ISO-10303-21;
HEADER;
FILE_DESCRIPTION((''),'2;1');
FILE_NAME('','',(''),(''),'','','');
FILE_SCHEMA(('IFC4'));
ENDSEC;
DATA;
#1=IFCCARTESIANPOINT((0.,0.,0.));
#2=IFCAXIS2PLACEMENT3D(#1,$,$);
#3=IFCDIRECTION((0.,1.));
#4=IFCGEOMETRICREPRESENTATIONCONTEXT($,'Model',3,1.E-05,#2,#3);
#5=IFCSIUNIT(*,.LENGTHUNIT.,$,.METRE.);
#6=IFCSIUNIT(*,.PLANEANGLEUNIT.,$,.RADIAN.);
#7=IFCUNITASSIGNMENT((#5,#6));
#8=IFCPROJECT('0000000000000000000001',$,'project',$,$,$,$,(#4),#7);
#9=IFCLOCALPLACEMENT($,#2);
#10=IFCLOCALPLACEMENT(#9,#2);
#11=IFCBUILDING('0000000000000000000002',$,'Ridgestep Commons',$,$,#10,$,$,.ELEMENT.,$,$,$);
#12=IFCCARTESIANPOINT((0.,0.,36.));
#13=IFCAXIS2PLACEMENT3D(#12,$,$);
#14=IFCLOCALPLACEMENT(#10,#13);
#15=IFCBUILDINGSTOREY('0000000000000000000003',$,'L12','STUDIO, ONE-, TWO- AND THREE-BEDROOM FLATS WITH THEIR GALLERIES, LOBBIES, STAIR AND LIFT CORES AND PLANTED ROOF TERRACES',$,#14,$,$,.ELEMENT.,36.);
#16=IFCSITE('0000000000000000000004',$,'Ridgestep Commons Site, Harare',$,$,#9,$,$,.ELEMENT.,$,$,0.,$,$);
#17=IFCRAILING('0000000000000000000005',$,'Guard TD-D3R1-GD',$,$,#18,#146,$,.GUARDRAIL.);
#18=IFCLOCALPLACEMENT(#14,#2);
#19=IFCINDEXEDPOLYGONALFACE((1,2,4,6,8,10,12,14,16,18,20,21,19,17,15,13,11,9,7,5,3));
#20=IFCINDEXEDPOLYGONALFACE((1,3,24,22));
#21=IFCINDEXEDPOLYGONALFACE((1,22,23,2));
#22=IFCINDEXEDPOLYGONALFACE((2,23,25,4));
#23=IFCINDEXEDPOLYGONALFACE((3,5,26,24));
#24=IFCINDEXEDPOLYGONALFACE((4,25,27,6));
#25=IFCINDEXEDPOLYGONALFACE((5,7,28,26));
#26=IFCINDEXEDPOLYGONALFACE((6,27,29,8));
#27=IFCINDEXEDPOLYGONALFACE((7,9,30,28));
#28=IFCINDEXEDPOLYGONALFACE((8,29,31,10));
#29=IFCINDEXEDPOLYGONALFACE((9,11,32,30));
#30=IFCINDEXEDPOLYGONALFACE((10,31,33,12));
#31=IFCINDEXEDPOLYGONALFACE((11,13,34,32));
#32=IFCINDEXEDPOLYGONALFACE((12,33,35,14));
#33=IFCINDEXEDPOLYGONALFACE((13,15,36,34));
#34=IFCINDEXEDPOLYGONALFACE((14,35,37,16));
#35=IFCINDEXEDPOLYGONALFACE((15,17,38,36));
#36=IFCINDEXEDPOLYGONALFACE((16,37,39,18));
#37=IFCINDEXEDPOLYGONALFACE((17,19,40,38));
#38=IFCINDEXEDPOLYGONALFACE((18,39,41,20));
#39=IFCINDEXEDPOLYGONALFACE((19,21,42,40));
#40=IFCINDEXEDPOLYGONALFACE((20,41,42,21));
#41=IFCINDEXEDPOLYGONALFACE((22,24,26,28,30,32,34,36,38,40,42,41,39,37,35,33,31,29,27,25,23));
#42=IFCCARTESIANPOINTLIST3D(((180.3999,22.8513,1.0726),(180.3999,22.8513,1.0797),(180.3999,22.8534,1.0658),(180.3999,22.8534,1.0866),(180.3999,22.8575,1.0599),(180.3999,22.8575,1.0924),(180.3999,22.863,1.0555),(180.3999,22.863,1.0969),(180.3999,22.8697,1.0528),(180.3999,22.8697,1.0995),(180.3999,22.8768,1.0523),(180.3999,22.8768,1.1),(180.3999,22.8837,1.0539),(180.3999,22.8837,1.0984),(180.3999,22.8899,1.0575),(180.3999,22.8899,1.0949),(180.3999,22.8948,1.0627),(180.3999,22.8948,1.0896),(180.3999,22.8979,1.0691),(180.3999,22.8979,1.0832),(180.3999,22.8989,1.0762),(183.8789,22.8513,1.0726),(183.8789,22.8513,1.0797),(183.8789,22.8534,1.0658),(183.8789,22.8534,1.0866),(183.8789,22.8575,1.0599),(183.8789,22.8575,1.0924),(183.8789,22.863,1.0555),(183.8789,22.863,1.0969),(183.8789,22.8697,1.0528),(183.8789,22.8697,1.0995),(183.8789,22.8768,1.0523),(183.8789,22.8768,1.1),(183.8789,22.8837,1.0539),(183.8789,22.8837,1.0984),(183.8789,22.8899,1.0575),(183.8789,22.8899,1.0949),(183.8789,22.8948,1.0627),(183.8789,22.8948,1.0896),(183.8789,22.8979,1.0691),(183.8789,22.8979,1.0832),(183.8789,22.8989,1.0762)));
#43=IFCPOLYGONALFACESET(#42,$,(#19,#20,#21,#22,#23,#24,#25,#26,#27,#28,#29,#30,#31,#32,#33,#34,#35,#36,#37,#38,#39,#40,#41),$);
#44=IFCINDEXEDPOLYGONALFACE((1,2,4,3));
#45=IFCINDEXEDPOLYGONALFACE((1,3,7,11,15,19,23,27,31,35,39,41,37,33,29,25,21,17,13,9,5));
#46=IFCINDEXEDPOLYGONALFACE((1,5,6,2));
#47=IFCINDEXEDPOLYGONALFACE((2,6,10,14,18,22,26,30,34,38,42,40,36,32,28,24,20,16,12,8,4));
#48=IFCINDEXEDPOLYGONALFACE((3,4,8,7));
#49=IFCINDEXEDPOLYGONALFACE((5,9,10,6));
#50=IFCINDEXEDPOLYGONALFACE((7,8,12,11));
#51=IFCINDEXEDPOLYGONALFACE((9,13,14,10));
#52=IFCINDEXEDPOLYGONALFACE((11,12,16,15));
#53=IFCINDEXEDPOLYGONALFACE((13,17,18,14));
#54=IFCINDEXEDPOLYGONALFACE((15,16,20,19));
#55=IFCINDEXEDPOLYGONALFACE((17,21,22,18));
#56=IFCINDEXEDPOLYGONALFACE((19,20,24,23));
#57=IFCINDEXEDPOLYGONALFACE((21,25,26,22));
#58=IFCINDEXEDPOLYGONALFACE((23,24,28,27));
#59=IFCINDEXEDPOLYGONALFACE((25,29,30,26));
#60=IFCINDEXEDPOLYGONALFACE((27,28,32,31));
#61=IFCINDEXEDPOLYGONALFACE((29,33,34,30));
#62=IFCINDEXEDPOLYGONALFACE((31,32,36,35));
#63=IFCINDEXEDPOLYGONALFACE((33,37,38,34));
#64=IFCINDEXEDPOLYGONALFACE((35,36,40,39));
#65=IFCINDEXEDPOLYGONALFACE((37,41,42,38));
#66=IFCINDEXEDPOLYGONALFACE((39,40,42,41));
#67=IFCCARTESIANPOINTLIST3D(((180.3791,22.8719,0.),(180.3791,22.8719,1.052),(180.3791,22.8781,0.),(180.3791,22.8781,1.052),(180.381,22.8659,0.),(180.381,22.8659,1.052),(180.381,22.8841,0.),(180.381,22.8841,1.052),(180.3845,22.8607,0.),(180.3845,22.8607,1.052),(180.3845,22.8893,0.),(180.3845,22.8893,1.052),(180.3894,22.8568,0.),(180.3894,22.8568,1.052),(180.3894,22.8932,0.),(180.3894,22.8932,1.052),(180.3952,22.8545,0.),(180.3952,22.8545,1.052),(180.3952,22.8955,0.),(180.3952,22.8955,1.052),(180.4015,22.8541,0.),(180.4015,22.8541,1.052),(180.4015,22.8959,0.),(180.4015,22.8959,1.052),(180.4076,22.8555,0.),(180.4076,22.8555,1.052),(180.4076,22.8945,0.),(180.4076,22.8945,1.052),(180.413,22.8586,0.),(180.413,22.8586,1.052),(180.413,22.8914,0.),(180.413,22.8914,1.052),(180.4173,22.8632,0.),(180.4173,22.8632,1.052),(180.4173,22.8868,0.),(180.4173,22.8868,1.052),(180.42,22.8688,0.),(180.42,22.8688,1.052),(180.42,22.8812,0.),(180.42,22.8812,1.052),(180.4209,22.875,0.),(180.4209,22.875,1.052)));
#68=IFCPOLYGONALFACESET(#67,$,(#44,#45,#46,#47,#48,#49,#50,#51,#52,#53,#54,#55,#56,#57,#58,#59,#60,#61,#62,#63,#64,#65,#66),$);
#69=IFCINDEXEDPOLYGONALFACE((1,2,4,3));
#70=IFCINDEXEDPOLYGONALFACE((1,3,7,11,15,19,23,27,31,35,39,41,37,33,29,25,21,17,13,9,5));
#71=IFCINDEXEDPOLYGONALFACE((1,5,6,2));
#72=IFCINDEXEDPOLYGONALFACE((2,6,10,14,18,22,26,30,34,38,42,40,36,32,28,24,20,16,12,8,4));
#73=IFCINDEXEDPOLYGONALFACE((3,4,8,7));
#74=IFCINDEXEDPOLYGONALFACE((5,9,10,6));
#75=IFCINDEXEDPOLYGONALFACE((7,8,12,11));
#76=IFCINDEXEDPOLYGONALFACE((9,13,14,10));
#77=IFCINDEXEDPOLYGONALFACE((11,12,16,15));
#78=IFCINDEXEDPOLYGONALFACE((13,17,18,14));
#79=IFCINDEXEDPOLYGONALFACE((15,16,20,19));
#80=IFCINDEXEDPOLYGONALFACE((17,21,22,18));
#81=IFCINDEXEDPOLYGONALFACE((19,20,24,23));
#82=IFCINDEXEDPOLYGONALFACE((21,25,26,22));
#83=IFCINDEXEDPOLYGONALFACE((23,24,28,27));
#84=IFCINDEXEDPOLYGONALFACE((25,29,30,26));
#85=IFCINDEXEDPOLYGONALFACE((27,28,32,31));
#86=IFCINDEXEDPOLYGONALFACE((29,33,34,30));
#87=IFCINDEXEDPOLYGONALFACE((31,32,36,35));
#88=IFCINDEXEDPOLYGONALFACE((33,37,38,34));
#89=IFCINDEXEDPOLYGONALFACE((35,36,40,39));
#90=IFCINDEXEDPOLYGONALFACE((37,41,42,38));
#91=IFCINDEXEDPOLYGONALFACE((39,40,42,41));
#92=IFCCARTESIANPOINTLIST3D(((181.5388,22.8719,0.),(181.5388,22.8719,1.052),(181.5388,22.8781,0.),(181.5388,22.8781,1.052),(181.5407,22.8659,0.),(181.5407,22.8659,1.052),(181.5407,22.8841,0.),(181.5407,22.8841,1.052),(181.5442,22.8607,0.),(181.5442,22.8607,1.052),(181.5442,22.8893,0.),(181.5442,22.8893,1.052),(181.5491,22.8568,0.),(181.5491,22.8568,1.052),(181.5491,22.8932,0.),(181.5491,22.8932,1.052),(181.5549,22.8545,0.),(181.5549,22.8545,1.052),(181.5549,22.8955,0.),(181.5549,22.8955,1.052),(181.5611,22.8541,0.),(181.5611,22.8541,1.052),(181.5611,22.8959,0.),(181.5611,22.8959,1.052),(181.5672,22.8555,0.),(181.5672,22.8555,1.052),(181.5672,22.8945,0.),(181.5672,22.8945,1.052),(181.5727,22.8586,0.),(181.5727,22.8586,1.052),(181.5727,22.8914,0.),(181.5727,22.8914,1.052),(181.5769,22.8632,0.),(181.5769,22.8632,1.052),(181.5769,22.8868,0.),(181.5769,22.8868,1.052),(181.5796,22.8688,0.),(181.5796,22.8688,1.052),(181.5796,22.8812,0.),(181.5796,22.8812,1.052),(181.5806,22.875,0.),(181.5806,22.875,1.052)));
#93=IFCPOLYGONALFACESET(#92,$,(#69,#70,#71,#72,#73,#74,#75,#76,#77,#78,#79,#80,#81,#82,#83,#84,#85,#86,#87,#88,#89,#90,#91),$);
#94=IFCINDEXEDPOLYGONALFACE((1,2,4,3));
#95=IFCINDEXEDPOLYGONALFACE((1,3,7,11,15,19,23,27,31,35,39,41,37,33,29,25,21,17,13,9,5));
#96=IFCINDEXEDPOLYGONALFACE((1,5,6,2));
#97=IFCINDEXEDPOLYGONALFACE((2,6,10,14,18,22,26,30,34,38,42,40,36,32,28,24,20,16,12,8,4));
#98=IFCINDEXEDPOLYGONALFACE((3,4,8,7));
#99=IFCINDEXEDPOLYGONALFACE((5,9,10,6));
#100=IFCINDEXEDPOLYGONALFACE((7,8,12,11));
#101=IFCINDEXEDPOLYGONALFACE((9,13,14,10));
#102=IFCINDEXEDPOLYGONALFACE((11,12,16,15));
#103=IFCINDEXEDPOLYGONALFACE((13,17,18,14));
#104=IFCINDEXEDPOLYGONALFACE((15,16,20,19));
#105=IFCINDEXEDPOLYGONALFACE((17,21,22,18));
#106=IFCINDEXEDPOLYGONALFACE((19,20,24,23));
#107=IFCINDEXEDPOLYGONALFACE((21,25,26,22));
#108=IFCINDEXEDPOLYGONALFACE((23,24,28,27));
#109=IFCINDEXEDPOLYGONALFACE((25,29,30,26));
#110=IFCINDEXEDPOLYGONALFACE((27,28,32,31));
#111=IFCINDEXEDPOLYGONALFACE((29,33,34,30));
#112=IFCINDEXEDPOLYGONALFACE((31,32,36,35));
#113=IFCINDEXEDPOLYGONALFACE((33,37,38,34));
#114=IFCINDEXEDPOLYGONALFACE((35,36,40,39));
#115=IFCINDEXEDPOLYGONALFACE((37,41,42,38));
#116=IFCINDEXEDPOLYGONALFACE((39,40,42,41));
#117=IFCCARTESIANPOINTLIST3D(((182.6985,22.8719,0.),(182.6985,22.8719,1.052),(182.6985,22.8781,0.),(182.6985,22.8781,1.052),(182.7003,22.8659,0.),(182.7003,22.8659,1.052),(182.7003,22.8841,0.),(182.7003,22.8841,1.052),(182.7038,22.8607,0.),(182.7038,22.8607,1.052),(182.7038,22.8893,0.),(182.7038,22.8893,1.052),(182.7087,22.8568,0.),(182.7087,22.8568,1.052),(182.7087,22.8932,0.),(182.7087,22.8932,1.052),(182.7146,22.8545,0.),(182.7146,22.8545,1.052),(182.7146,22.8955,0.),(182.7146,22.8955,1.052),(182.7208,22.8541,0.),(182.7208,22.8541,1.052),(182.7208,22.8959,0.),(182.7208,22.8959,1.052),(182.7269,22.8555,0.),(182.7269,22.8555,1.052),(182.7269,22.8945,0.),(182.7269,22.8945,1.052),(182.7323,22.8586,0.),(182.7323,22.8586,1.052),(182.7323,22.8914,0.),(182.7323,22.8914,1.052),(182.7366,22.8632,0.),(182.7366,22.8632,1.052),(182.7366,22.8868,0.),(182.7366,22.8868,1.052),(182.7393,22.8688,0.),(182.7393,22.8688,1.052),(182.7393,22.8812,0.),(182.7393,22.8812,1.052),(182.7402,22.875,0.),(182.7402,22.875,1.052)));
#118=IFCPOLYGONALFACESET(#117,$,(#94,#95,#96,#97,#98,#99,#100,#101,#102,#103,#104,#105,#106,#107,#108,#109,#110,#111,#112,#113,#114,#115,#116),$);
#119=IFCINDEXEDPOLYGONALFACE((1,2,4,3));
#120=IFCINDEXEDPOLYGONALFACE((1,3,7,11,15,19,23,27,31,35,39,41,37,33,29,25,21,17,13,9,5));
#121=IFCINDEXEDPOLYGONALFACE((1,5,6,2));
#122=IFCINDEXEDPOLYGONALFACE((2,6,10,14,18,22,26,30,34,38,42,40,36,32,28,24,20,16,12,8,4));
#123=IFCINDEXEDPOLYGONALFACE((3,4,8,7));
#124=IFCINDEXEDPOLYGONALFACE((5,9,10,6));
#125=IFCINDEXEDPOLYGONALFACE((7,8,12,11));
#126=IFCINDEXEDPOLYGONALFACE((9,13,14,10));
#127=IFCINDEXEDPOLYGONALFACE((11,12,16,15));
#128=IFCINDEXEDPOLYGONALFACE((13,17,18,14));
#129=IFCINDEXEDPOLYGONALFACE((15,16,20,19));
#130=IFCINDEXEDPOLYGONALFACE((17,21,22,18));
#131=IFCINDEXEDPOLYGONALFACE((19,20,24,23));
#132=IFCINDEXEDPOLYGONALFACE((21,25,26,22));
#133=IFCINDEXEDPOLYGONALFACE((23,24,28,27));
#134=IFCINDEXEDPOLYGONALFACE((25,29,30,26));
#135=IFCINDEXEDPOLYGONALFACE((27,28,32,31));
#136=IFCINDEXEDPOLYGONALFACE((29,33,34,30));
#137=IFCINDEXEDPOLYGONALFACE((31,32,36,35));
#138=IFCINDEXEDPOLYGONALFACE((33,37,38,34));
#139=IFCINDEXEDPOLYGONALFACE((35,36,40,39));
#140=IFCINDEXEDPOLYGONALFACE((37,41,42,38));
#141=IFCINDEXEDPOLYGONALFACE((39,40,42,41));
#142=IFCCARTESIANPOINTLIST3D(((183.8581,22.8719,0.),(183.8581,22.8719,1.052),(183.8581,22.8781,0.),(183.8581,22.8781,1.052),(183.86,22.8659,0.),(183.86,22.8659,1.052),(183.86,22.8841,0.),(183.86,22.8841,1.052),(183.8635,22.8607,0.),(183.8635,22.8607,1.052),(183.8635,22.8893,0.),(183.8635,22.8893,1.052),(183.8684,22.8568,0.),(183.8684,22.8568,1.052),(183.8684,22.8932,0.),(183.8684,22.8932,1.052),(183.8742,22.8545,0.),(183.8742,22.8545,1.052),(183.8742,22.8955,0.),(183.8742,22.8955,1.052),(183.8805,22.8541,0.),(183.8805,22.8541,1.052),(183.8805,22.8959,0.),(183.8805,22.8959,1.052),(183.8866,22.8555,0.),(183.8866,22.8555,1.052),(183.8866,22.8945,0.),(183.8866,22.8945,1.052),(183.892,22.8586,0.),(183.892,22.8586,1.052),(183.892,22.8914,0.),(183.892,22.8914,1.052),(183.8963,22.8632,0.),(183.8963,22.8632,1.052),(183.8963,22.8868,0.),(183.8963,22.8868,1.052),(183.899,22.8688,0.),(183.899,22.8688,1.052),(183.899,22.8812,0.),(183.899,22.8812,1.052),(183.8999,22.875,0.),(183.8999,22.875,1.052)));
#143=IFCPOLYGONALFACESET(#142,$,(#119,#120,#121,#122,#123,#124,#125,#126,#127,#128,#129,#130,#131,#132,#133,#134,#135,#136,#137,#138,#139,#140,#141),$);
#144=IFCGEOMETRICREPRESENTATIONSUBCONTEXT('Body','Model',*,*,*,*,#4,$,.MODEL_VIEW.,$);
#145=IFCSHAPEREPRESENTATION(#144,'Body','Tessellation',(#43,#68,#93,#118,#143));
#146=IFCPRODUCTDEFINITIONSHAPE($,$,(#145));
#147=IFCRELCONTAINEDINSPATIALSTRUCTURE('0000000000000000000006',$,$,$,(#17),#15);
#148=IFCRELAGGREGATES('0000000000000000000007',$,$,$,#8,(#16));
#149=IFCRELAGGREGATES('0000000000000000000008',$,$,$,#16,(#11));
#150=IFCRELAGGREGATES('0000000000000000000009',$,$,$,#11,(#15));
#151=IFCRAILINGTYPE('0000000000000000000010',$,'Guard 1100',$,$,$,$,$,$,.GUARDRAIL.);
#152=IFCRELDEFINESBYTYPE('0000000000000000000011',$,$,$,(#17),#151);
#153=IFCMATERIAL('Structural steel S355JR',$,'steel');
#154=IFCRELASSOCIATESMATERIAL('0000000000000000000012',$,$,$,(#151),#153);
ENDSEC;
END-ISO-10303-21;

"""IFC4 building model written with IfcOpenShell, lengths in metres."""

from ifc_helpers import new_model, si_unit, direction, frame, origin, origin_2d, place, context, subcontext, project, spatial, circle, extrude, material, type_object, element, save


model = new_model("IFC4")

# Units and contexts
model_context = context("Model", 3, precision=1e-05, world=origin(), true_north=direction((0.0, 1.0)))
body_context = subcontext(model_context, "Body", "Model", "MODEL_VIEW")
ifc_project = project(units=[si_unit("LENGTHUNIT", "METRE"), si_unit("PLANEANGLEUNIT", "RADIAN")], contexts=[model_context])

# Site, building, storey
site_placement = place(None, origin())
site = spatial("IfcSite", under=ifc_project, at=site_placement, Name="Ridgestep Commons Site, Harare", CompositionType="ELEMENT", RefElevation=0.0)
building_placement = place(site_placement, origin())
building = spatial("IfcBuilding", under=site, at=building_placement, Name="Ridgestep Commons", CompositionType="ELEMENT")
storey_placement = place(building_placement, frame((0.0, 0.0, 36.0)))
storey = spatial("IfcBuildingStorey", under=building, at=storey_placement, Name="L12", Description="STUDIO, ONE-, TWO- AND THREE-BEDROOM FLATS WITH THEIR GALLERIES, LOBBIES, STAIR AND LIFT CORES AND PLANTED ROOF TERRACES", CompositionType="ELEMENT", Elevation=36.0)

# Railing
ifc_material_1 = material(Name="Structural steel S355JR", Category="steel")
railing_type_1 = type_object("IfcRailingType", Name="Guard 1100", PredefinedType="GUARDRAIL", material=ifc_material_1)
railing_1_placement = place(storey_placement, frame((180.3999, 22.875, 0.0)))
element("IfcRailing", 1, at=railing_1_placement, inside=storey, type_object=railing_type_1, Name="Guard TD-D3R1-GD", PredefinedType="GUARDRAIL", context=body_context, shape_type="SweptSolid", body=[
    extrude(circle(Radius=0.0239, at=origin_2d()), frame((0.0, 0.0, 1.0762), z_axis=(1.0, 0.0, 0.0), x_axis=(0.0, 1.0, 0.0)), (0.0, 0.0, 1.0), 3.479),
    extrude(circle(Radius=0.021, at=origin_2d()), origin(), (0.0, 0.0, 1.0), 1.052),
    extrude(circle(Radius=0.021, at=origin_2d()), frame((1.1597, 0.0, 0.0)), (0.0, 0.0, 1.0), 1.052),
    extrude(circle(Radius=0.021, at=origin_2d()), frame((2.3193, 0.0, 0.0)), (0.0, 0.0, 1.0), 1.052),
    extrude(circle(Radius=0.021, at=origin_2d()), frame((3.479, 0.0, 0.0)), (0.0, 0.0, 1.0), 1.052),
])

save(model, "model.ifc")
